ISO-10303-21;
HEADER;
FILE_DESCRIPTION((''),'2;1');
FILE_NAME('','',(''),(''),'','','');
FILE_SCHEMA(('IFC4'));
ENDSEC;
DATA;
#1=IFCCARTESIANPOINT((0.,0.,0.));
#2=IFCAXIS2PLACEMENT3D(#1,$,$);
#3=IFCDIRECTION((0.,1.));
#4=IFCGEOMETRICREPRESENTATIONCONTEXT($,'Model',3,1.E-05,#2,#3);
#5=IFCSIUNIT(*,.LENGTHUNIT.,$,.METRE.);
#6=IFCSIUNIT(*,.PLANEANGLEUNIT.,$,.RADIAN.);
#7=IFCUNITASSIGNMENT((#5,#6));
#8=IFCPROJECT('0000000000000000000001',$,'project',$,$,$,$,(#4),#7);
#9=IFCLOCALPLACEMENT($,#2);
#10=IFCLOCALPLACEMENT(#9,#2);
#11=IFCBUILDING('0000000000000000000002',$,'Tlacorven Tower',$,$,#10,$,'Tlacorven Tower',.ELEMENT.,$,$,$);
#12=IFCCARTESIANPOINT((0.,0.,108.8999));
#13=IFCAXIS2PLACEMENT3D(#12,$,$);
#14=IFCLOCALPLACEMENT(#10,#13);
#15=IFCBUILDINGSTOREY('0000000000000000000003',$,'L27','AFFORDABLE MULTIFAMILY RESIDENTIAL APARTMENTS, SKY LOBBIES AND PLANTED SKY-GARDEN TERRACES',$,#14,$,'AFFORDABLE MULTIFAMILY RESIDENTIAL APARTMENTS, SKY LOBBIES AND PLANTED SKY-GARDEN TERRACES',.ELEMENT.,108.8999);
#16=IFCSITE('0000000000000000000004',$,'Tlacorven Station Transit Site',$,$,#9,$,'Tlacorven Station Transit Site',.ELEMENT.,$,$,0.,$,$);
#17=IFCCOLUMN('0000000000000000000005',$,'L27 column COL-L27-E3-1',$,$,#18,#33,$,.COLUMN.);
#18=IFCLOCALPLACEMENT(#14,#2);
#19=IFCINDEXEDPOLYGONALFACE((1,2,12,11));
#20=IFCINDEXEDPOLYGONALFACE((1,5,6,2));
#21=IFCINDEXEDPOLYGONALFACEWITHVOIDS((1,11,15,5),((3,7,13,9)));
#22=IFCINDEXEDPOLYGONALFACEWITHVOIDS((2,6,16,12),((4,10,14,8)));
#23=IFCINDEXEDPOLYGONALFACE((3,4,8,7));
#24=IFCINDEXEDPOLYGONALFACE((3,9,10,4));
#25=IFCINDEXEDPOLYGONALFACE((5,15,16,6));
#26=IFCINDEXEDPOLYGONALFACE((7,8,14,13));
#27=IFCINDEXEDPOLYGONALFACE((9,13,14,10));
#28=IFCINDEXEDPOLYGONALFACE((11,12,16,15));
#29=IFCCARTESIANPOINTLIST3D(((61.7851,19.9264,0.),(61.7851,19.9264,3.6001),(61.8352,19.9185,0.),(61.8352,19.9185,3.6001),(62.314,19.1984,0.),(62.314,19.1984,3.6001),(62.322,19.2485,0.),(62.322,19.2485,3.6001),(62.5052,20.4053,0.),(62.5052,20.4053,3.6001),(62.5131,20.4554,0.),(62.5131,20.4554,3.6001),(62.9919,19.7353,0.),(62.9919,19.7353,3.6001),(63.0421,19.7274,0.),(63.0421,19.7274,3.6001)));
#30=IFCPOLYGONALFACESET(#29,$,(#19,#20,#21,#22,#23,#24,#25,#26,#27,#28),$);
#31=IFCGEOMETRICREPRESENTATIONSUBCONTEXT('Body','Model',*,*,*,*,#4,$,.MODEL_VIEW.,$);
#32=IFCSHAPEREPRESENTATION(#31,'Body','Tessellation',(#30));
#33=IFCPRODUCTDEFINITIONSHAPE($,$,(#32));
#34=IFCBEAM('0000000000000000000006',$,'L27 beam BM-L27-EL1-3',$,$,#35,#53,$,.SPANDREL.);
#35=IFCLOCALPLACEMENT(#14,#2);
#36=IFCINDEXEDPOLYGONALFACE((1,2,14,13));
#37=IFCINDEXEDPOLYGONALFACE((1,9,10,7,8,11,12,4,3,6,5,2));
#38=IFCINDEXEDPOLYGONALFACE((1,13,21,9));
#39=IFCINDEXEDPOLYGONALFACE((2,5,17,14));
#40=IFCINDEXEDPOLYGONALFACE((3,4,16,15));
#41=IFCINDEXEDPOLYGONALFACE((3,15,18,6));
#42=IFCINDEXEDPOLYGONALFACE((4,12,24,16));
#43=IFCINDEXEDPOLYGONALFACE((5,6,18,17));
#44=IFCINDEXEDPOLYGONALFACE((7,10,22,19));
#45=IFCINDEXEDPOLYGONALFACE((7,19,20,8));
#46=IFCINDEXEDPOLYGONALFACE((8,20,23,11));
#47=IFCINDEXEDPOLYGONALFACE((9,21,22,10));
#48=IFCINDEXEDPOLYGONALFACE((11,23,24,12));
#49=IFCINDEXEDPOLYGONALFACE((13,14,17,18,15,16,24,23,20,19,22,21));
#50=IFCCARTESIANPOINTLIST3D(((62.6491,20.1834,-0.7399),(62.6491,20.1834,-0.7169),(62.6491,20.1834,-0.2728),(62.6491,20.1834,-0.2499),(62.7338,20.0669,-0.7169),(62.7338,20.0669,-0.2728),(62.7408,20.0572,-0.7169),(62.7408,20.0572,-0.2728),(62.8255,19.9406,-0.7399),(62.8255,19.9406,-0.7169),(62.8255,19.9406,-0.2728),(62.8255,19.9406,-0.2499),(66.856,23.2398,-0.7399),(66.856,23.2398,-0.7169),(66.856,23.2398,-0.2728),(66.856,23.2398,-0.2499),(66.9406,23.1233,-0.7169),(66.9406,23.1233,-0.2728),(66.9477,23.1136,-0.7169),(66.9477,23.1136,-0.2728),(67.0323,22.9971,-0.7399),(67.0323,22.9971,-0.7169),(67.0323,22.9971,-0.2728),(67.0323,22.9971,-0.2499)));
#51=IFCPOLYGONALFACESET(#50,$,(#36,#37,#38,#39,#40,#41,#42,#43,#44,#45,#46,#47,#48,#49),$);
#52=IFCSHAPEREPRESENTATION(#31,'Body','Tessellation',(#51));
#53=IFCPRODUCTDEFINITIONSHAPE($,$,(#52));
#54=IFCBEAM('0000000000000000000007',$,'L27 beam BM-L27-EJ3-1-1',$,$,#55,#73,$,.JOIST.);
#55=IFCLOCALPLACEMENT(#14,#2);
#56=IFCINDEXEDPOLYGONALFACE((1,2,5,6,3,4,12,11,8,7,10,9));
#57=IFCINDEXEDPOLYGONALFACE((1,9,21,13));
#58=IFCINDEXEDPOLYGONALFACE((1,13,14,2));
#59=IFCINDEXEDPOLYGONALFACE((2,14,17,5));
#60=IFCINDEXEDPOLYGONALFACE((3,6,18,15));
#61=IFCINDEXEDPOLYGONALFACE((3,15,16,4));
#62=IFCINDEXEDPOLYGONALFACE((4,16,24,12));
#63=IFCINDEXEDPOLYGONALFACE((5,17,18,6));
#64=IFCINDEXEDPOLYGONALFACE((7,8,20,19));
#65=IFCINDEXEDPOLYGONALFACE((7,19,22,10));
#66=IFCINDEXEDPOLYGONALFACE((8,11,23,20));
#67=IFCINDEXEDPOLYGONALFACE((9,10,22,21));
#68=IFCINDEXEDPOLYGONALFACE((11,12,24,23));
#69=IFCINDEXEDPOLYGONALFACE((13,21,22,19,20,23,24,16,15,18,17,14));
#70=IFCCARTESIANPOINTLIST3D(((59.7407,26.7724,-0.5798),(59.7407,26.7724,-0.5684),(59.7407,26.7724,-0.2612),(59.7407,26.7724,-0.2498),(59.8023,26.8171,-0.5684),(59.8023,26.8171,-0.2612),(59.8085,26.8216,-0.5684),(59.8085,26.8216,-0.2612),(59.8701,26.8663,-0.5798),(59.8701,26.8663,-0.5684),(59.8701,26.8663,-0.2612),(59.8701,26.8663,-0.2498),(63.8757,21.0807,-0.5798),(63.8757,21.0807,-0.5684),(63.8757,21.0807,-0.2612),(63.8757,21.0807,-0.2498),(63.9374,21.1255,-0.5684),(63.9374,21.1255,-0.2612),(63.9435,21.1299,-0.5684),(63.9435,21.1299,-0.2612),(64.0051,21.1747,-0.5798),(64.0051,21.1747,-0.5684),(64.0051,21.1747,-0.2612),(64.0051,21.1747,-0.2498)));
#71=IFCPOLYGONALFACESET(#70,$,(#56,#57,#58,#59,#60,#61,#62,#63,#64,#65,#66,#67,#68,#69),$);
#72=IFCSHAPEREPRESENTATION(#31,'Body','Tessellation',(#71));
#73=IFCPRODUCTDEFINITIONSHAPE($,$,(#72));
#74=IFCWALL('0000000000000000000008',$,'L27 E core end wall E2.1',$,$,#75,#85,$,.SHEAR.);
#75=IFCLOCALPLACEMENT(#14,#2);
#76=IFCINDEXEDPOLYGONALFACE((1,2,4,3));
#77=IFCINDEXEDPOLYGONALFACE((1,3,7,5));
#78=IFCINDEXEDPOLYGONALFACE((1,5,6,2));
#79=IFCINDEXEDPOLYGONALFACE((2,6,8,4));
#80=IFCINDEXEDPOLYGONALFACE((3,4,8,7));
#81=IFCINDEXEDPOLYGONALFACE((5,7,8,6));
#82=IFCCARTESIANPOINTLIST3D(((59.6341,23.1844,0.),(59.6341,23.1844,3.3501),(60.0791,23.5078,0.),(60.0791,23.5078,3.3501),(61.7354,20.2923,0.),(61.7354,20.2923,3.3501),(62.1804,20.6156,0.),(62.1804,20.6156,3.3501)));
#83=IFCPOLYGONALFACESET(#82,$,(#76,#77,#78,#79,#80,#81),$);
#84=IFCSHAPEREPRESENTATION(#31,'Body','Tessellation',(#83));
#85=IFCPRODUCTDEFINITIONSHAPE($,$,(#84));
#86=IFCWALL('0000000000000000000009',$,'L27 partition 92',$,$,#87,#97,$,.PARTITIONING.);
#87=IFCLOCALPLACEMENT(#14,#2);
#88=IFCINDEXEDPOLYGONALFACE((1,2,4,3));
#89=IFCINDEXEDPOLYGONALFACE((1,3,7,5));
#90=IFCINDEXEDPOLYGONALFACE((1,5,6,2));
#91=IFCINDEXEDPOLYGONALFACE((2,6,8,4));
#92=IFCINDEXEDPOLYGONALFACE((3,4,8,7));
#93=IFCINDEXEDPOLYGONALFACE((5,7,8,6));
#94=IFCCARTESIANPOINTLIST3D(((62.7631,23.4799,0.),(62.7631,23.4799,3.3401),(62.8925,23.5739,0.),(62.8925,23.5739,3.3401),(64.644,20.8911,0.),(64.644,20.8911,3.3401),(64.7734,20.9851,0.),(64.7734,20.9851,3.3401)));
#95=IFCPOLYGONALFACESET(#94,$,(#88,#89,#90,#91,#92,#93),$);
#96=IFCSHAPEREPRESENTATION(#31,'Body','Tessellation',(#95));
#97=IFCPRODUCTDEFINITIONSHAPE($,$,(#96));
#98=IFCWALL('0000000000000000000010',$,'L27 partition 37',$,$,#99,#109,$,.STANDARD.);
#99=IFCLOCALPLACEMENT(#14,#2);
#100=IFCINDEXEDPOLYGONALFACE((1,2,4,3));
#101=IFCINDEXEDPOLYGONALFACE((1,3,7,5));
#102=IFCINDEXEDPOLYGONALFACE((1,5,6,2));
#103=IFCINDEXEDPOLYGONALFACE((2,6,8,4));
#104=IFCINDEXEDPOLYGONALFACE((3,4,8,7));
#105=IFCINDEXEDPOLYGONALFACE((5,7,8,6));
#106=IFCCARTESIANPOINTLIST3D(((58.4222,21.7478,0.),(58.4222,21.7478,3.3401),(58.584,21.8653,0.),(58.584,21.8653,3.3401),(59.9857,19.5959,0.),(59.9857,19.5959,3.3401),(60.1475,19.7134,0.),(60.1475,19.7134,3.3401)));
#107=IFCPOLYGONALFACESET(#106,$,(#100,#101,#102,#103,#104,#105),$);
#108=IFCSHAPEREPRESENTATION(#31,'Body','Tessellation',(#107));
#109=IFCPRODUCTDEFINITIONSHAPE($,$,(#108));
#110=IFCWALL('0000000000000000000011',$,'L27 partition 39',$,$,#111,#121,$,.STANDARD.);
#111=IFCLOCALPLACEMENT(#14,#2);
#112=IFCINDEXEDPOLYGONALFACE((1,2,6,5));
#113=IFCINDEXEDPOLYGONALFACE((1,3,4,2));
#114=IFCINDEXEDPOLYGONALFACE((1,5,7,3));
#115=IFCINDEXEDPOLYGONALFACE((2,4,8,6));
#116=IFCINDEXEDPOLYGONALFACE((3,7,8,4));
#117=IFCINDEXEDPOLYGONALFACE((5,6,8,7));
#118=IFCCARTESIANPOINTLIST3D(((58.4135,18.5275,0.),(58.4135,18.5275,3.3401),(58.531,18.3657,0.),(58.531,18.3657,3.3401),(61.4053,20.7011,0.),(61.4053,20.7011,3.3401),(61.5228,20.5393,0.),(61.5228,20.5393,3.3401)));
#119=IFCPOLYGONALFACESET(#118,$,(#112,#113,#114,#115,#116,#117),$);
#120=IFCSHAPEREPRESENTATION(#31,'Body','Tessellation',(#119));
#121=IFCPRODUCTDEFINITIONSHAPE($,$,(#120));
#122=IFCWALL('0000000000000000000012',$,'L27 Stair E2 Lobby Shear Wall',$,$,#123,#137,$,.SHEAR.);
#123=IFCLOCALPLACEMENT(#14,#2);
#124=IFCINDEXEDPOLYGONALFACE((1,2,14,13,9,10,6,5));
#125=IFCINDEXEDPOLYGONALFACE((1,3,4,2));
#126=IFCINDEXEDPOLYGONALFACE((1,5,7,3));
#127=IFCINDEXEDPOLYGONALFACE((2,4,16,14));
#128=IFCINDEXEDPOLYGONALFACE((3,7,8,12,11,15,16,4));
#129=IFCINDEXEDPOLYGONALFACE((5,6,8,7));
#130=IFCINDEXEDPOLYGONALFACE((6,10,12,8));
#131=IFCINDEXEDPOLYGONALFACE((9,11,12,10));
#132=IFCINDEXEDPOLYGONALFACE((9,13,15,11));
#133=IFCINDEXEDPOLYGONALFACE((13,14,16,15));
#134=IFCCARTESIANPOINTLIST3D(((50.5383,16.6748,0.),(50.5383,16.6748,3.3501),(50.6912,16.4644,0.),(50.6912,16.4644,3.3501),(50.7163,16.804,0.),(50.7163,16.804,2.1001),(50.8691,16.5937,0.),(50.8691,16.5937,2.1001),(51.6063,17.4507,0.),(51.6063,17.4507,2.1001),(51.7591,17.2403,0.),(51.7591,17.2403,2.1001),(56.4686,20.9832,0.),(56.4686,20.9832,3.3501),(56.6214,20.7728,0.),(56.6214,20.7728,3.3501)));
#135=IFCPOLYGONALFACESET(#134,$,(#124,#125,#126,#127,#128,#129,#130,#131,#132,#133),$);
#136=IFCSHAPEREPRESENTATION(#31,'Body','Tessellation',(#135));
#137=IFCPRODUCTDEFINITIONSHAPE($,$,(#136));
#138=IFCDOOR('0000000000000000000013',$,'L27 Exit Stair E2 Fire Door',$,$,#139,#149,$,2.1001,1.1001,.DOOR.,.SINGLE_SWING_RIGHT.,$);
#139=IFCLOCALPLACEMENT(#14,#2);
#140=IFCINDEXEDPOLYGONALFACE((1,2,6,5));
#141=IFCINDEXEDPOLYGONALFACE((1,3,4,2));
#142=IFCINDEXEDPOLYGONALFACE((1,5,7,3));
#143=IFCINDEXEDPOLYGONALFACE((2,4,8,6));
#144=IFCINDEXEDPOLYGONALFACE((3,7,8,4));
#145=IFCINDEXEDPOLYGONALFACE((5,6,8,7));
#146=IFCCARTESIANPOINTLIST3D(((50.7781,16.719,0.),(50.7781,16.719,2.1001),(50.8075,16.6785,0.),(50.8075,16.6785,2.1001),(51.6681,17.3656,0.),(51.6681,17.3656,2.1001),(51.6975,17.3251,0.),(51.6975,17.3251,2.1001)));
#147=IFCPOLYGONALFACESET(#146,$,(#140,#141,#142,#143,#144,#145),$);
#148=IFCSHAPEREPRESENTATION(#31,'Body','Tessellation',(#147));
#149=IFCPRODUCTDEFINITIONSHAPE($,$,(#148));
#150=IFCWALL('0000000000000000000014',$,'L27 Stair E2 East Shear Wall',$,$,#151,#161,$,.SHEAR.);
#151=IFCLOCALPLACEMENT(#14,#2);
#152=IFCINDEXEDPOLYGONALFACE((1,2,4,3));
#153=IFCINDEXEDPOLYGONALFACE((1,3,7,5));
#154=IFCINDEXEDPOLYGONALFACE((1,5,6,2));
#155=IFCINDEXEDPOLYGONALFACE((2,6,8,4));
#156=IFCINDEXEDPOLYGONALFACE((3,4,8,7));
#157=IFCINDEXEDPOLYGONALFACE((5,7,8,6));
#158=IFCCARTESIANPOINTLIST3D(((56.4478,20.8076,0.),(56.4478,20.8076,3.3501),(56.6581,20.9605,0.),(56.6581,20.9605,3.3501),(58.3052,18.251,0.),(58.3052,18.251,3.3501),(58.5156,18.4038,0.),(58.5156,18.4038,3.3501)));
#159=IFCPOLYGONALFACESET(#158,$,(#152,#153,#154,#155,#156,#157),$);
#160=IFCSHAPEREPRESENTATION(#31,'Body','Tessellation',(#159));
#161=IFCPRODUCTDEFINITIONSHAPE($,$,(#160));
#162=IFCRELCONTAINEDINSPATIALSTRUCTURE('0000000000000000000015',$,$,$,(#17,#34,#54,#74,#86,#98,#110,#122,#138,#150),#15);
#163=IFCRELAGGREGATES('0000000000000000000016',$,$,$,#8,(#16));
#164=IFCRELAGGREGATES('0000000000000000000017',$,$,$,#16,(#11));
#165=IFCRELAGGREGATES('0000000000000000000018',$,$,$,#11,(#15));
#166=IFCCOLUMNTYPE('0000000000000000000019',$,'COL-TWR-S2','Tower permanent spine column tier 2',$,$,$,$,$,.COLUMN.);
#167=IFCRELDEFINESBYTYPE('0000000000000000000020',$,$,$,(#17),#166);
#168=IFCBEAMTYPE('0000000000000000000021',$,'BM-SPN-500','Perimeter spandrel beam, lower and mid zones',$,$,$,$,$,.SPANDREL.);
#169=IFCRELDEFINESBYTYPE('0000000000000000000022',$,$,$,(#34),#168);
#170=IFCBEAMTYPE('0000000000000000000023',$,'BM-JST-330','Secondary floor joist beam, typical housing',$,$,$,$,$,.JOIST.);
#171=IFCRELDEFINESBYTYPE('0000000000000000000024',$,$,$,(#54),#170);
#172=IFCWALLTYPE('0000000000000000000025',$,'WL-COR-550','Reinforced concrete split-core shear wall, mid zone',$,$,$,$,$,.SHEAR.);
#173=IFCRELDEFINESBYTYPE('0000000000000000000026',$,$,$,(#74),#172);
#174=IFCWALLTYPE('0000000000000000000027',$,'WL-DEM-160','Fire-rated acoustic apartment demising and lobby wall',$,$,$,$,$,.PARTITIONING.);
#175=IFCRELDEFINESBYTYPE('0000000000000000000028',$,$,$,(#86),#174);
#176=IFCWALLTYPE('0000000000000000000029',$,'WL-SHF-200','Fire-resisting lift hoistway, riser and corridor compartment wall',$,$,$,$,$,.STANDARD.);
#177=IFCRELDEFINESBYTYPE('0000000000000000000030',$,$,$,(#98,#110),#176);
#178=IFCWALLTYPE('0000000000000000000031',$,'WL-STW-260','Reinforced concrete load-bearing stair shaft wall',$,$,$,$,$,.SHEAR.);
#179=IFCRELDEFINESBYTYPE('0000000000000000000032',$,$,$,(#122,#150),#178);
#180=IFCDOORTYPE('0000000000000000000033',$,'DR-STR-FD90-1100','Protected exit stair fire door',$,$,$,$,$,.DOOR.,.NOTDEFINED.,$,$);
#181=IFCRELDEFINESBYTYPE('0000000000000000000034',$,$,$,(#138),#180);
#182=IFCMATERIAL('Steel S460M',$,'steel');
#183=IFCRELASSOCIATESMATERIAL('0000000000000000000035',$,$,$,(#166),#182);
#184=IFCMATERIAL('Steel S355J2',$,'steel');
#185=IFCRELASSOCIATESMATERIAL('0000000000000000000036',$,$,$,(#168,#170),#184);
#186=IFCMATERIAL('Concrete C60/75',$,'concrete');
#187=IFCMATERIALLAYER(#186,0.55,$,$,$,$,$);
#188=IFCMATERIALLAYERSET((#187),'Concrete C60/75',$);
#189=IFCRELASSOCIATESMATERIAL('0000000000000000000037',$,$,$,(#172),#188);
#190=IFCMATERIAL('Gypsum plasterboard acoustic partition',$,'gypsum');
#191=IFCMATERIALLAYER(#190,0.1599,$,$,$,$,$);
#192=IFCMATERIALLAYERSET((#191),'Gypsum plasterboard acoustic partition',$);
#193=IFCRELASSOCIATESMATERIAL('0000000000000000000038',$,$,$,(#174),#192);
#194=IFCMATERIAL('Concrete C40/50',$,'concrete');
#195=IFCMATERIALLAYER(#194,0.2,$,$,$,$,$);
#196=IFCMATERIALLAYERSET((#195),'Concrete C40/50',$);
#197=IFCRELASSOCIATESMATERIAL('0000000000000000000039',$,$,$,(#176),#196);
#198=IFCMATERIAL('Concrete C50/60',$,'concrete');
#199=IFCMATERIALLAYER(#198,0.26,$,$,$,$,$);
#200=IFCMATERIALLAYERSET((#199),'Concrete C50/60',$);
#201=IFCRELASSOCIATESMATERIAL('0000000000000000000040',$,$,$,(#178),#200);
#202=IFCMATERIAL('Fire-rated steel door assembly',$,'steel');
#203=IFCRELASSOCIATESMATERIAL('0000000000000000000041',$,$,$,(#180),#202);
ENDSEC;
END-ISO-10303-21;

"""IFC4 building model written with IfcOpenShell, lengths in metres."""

from ifc_helpers import new_model, si_unit, direction, frame, frame_2d, origin, origin_2d, place, context, subcontext, project, spatial, rectangle, hollow_rectangle, i_section, extrude, source, transform, mapped, material, layer, layer_set, material_profile, profile_set, type_object, element, fill, save


model = new_model("IFC4")

# Units and contexts
model_context = context("Model", 3, precision=1e-05, world=origin(), true_north=direction((0.0, 1.0)))
body_context = subcontext(model_context, "Body", "Model", "MODEL_VIEW")
ifc_project = project(units=[si_unit("LENGTHUNIT", "METRE"), si_unit("PLANEANGLEUNIT", "RADIAN")], contexts=[model_context])

# Site, building, storey
site_placement = place(None, origin())
site = spatial("IfcSite", under=ifc_project, at=site_placement, Name="Tlacorven Station Transit Site", LongName="Tlacorven Station Transit Site", CompositionType="ELEMENT", RefElevation=0.0)
building_placement = place(site_placement, origin())
building = spatial("IfcBuilding", under=site, at=building_placement, Name="Tlacorven Tower", LongName="Tlacorven Tower", CompositionType="ELEMENT")
storey_placement = place(building_placement, frame((0.0, 0.0, 108.8999)))
storey = spatial("IfcBuildingStorey", under=building, at=storey_placement, Name="L27", Description="AFFORDABLE MULTIFAMILY RESIDENTIAL APARTMENTS, SKY LOBBIES AND PLANTED SKY-GARDEN TERRACES", LongName="AFFORDABLE MULTIFAMILY RESIDENTIAL APARTMENTS, SKY LOBBIES AND PLANTED SKY-GARDEN TERRACES", CompositionType="ELEMENT", Elevation=108.8999)

# Column
ifc_material_1 = material(Name="Steel S460M", Category="steel")
ifc_material_profile_1 = material_profile(ifc_material_1, hollow_rectangle(XDim=0.8999, YDim=0.8999, WallThickness=0.0359, at=origin_2d()), Name="BOX 900X900X36")
ifc_profile_set_1 = profile_set([ifc_material_profile_1], Name="Steel S460M")
column_type = type_object("IfcColumnType", Name="COL-TWR-S2", Description="Tower permanent spine column tier 2", PredefinedType="COLUMN", material=ifc_profile_set_1)
shared_shape_1 = source(origin(), body_context, "Body", "SweptSolid", [
    extrude(hollow_rectangle(XDim=0.8999, YDim=0.8999, WallThickness=0.0359, at=origin_2d()), origin(), (0.0, 0.0, 1.0), 3.6001),
])
column_placement = place(storey_placement, frame((62.4136, 19.8269, 0.0), z_axis=(0.0, 0.0, 1.0), x_axis=(0.809017, 0.587785, 0.0)))
element("IfcColumn", 1, at=column_placement, inside=storey, type_object=column_type, Name="L27 column COL-L27-E3-1", PredefinedType="COLUMN", context=body_context, shape_type="MappedRepresentation", body=[
    mapped(shared_shape_1, transform((0.0, 0.0, 0.0), scale=1.0)),
])

# Beams
ifc_material_2 = material(Name="Steel S355J2", Category="steel")
ifc_material_profile_2 = material_profile(ifc_material_2, i_section(OverallWidth=0.3, OverallDepth=0.49, WebThickness=0.012, FlangeThickness=0.0229, at=origin_2d()), Name="HEA 500")
ifc_profile_set_2 = profile_set([ifc_material_profile_2], Name="Steel S355J2")
beam_type_1 = type_object("IfcBeamType", Name="BM-SPN-500", Description="Perimeter spandrel beam, lower and mid zones", PredefinedType="SPANDREL", material=ifc_profile_set_2)
shared_shape_2 = source(origin(), body_context, "Body", "SweptSolid", [
    extrude(i_section(OverallWidth=0.3, OverallDepth=0.49, WebThickness=0.012, FlangeThickness=0.0229, at=origin_2d()), origin(), (0.0, 0.0, 1.0), 5.2),
])
beam_1_placement = place(storey_placement, frame((62.7373, 20.062, -0.4949), z_axis=(0.809018, 0.587784, 0.0), x_axis=(-0.587784, 0.809018, 0.0)))
element("IfcBeam", 2, at=beam_1_placement, inside=storey, type_object=beam_type_1, Name="L27 beam BM-L27-EL1-3", PredefinedType="SPANDREL", context=body_context, shape_type="MappedRepresentation", body=[
    mapped(shared_shape_2, transform((0.0, 0.0, 0.0), scale=1.0)),
])
ifc_material_profile_3 = material_profile(ifc_material_2, i_section(OverallWidth=0.1599, OverallDepth=0.3301, WebThickness=0.0076, FlangeThickness=0.0115, at=origin_2d()), Name="IPE 330")
ifc_profile_set_3 = profile_set([ifc_material_profile_3], Name="Steel S355J2")
beam_type_2 = type_object("IfcBeamType", Name="BM-JST-330", Description="Secondary floor joist beam, typical housing", PredefinedType="JOIST", material=ifc_profile_set_3)
shared_shape_3 = source(origin(), body_context, "Body", "SweptSolid", [
    extrude(i_section(OverallWidth=0.1599, OverallDepth=0.3301, WebThickness=0.0076, FlangeThickness=0.0115, at=origin_2d()), origin(), (0.0, 0.0, 1.0), 7.0352),
])
beam_2_placement = place(storey_placement, frame((63.9404, 21.1277, -0.4148), z_axis=(-0.587765, 0.809032, 0.0), x_axis=(-0.809032, -0.587765, 0.0)))
element("IfcBeam", 3, at=beam_2_placement, inside=storey, type_object=beam_type_2, Name="L27 beam BM-L27-EJ3-1-1", PredefinedType="JOIST", context=body_context, shape_type="MappedRepresentation", body=[
    mapped(shared_shape_3, transform((0.0, 0.0, 0.0), scale=1.0)),
])

# Walls
ifc_material_3 = material(Name="Concrete C60/75", Category="concrete")
ifc_layer_1 = layer(ifc_material_3, 0.55)
ifc_layer_set_1 = layer_set([ifc_layer_1], Name="Concrete C60/75")
wall_type_1 = type_object("IfcWallType", Name="WL-COR-550", Description="Reinforced concrete split-core shear wall, mid zone", PredefinedType="SHEAR", material=ifc_layer_set_1)
wall_1_placement = place(storey_placement, frame((61.958, 20.4539, 0.0), z_axis=(0.0, 0.0, 1.0), x_axis=(-0.587802, 0.809005, 0.0)))
element("IfcWall", 4, at=wall_1_placement, inside=storey, type_object=wall_type_1, Name="L27 E core end wall E2.1", PredefinedType="SHEAR", context=body_context, shape_type="SweptSolid", body=[
    extrude(rectangle(XDim=3.575, YDim=0.55, at=frame_2d((1.7876, 0.0))), origin(), (0.0, 0.0, 1.0), 3.3501),
])
ifc_material_4 = material(Name="Gypsum plasterboard acoustic partition", Category="gypsum")
ifc_layer_2 = layer(ifc_material_4, 0.1599)
ifc_layer_set_2 = layer_set([ifc_layer_2], Name="Gypsum plasterboard acoustic partition")
wall_type_2 = type_object("IfcWallType", Name="WL-DEM-160", Description="Fire-rated acoustic apartment demising and lobby wall", PredefinedType="PARTITIONING", material=ifc_layer_set_2)
wall_2_placement = place(storey_placement, frame((64.7087, 20.938, 0.0), z_axis=(0.0, 0.0, 1.0), x_axis=(-0.587772, 0.809026, 0.0)))
element("IfcWall", 5, at=wall_2_placement, inside=storey, type_object=wall_type_2, Name="L27 partition 92", PredefinedType="PARTITIONING", context=body_context, shape_type="SweptSolid", body=[
    extrude(rectangle(XDim=3.2, YDim=0.1599, at=frame_2d((1.6001, 0.0))), origin(), (0.0, 0.0, 1.0), 3.3401),
])

# Shared definitions
ifc_material_5 = material(Name="Concrete C40/50", Category="concrete")
ifc_layer_3 = layer(ifc_material_5, 0.2)
ifc_layer_set_3 = layer_set([ifc_layer_3], Name="Concrete C40/50")
wall_type_3 = type_object("IfcWallType", Name="WL-SHF-200", Description="Fire-resisting lift hoistway, riser and corridor compartment wall", PredefinedType="STANDARD", material=ifc_layer_set_3)
ifc_material_6 = material(Name="Fire-rated steel door assembly", Category="steel")

# Walls
wall_3_placement = place(storey_placement, frame((60.0667, 19.6545, 0.0), z_axis=(0.0, 0.0, 1.0), x_axis=(-0.587801, 0.809006, 0.0)))
element("IfcWall", 6, at=wall_3_placement, inside=storey, type_object=wall_type_3, Name="L27 partition 37", PredefinedType="STANDARD", context=body_context, shape_type="SweptSolid", body=[
    extrude(rectangle(XDim=2.6599, YDim=0.2, at=frame_2d((1.3301, 0.0))), origin(), (0.0, 0.0, 1.0), 3.3401),
])
wall_4_placement = place(storey_placement, frame((58.4722, 18.4465, 0.0), z_axis=(0.0, 0.0, 1.0), x_axis=(0.809019, 0.587783, 0.0)))
element("IfcWall", 7, at=wall_4_placement, inside=storey, type_object=wall_type_3, Name="L27 partition 39", PredefinedType="STANDARD", context=body_context, shape_type="SweptSolid", body=[
    extrude(rectangle(XDim=3.698, YDim=0.2, at=frame_2d((1.8491, 0.0))), origin(), (0.0, 0.0, 1.0), 3.3401),
])

# Wall, opening, door
ifc_material_7 = material(Name="Concrete C50/60", Category="concrete")
ifc_layer_4 = layer(ifc_material_7, 0.26)
ifc_layer_set_4 = layer_set([ifc_layer_4], Name="Concrete C50/60")
wall_type_4 = type_object("IfcWallType", Name="WL-STW-260", Description="Reinforced concrete load-bearing stair shaft wall", PredefinedType="SHEAR", material=ifc_layer_set_4)
wall_5_placement = place(storey_placement, frame((50.6147, 16.5696, 0.0), z_axis=(0.0, 0.0, 1.0), x_axis=(0.809028, 0.58777, 0.0)))
wall_5 = element("IfcWall", 8, at=wall_5_placement, inside=storey, type_object=wall_type_4, Name="L27 Stair E2 Lobby Shear Wall", PredefinedType="SHEAR", context=body_context, shape_type="SweptSolid", body=[
    extrude(rectangle(XDim=7.3301, YDim=0.26, at=frame_2d((3.665, 0.0))), origin(), (0.0, 0.0, 1.0), 3.3501),
])
opening_1_placement = place(wall_5_placement, frame((0.22, 0.0, 0.0)))
opening_1 = element("IfcOpeningElement", 9, at=opening_1_placement, cuts=wall_5, PredefinedType="OPENING", context=body_context, shape_type="SweptSolid", body=[
    extrude(rectangle(XDim=1.1001, YDim=2.1001, at=frame_2d((0.55, 1.05))), frame((0.0, 0.1401, 0.0), z_axis=(0.0, -1.0, 0.0), x_axis=(1.0, 0.0, 0.0)), (0.0, 0.0, 1.0), 0.28),
])
door_type_1 = type_object("IfcDoorType", Name="DR-STR-FD90-1100", Description="Protected exit stair fire door", OperationType="NOTDEFINED", PredefinedType="DOOR", material=ifc_material_6)
shared_shape_4 = source(origin(), body_context, "Body", "SweptSolid", [
    extrude(rectangle(XDim=1.1001, YDim=2.1001, at=frame_2d((0.55, 1.05))), frame((0.0, 0.0249, 0.0), z_axis=(0.0, -1.0, 0.0), x_axis=(1.0, 0.0, 0.0)), (0.0, 0.0, 1.0), 0.05),
])
door_1_placement = place(opening_1_placement, origin())
door_1 = element("IfcDoor", 10, at=door_1_placement, inside=storey, type_object=door_type_1, Name="L27 Exit Stair E2 Fire Door", OperationType="SINGLE_SWING_RIGHT", OverallHeight=2.1001, OverallWidth=1.1001, PredefinedType="DOOR", context=body_context, shape_type="MappedRepresentation", body=[
    mapped(shared_shape_4, transform((0.0, 0.0, 0.0), scale=1.0)),
])
fill(opening_1, door_1)

# Wall
wall_6_placement = place(storey_placement, frame((58.4104, 18.3274, 0.0), z_axis=(0.0, 0.0, 1.0), x_axis=(-0.587767, 0.80903, 0.0)))
element("IfcWall", 11, at=wall_6_placement, inside=storey, type_object=wall_type_4, Name="L27 Stair E2 East Shear Wall", PredefinedType="SHEAR", context=body_context, shape_type="SweptSolid", body=[
    extrude(rectangle(XDim=3.1602, YDim=0.26, at=frame_2d((1.5801, 0.0))), origin(), (0.0, 0.0, 1.0), 3.3501),
])

save(model, "model.ifc")
